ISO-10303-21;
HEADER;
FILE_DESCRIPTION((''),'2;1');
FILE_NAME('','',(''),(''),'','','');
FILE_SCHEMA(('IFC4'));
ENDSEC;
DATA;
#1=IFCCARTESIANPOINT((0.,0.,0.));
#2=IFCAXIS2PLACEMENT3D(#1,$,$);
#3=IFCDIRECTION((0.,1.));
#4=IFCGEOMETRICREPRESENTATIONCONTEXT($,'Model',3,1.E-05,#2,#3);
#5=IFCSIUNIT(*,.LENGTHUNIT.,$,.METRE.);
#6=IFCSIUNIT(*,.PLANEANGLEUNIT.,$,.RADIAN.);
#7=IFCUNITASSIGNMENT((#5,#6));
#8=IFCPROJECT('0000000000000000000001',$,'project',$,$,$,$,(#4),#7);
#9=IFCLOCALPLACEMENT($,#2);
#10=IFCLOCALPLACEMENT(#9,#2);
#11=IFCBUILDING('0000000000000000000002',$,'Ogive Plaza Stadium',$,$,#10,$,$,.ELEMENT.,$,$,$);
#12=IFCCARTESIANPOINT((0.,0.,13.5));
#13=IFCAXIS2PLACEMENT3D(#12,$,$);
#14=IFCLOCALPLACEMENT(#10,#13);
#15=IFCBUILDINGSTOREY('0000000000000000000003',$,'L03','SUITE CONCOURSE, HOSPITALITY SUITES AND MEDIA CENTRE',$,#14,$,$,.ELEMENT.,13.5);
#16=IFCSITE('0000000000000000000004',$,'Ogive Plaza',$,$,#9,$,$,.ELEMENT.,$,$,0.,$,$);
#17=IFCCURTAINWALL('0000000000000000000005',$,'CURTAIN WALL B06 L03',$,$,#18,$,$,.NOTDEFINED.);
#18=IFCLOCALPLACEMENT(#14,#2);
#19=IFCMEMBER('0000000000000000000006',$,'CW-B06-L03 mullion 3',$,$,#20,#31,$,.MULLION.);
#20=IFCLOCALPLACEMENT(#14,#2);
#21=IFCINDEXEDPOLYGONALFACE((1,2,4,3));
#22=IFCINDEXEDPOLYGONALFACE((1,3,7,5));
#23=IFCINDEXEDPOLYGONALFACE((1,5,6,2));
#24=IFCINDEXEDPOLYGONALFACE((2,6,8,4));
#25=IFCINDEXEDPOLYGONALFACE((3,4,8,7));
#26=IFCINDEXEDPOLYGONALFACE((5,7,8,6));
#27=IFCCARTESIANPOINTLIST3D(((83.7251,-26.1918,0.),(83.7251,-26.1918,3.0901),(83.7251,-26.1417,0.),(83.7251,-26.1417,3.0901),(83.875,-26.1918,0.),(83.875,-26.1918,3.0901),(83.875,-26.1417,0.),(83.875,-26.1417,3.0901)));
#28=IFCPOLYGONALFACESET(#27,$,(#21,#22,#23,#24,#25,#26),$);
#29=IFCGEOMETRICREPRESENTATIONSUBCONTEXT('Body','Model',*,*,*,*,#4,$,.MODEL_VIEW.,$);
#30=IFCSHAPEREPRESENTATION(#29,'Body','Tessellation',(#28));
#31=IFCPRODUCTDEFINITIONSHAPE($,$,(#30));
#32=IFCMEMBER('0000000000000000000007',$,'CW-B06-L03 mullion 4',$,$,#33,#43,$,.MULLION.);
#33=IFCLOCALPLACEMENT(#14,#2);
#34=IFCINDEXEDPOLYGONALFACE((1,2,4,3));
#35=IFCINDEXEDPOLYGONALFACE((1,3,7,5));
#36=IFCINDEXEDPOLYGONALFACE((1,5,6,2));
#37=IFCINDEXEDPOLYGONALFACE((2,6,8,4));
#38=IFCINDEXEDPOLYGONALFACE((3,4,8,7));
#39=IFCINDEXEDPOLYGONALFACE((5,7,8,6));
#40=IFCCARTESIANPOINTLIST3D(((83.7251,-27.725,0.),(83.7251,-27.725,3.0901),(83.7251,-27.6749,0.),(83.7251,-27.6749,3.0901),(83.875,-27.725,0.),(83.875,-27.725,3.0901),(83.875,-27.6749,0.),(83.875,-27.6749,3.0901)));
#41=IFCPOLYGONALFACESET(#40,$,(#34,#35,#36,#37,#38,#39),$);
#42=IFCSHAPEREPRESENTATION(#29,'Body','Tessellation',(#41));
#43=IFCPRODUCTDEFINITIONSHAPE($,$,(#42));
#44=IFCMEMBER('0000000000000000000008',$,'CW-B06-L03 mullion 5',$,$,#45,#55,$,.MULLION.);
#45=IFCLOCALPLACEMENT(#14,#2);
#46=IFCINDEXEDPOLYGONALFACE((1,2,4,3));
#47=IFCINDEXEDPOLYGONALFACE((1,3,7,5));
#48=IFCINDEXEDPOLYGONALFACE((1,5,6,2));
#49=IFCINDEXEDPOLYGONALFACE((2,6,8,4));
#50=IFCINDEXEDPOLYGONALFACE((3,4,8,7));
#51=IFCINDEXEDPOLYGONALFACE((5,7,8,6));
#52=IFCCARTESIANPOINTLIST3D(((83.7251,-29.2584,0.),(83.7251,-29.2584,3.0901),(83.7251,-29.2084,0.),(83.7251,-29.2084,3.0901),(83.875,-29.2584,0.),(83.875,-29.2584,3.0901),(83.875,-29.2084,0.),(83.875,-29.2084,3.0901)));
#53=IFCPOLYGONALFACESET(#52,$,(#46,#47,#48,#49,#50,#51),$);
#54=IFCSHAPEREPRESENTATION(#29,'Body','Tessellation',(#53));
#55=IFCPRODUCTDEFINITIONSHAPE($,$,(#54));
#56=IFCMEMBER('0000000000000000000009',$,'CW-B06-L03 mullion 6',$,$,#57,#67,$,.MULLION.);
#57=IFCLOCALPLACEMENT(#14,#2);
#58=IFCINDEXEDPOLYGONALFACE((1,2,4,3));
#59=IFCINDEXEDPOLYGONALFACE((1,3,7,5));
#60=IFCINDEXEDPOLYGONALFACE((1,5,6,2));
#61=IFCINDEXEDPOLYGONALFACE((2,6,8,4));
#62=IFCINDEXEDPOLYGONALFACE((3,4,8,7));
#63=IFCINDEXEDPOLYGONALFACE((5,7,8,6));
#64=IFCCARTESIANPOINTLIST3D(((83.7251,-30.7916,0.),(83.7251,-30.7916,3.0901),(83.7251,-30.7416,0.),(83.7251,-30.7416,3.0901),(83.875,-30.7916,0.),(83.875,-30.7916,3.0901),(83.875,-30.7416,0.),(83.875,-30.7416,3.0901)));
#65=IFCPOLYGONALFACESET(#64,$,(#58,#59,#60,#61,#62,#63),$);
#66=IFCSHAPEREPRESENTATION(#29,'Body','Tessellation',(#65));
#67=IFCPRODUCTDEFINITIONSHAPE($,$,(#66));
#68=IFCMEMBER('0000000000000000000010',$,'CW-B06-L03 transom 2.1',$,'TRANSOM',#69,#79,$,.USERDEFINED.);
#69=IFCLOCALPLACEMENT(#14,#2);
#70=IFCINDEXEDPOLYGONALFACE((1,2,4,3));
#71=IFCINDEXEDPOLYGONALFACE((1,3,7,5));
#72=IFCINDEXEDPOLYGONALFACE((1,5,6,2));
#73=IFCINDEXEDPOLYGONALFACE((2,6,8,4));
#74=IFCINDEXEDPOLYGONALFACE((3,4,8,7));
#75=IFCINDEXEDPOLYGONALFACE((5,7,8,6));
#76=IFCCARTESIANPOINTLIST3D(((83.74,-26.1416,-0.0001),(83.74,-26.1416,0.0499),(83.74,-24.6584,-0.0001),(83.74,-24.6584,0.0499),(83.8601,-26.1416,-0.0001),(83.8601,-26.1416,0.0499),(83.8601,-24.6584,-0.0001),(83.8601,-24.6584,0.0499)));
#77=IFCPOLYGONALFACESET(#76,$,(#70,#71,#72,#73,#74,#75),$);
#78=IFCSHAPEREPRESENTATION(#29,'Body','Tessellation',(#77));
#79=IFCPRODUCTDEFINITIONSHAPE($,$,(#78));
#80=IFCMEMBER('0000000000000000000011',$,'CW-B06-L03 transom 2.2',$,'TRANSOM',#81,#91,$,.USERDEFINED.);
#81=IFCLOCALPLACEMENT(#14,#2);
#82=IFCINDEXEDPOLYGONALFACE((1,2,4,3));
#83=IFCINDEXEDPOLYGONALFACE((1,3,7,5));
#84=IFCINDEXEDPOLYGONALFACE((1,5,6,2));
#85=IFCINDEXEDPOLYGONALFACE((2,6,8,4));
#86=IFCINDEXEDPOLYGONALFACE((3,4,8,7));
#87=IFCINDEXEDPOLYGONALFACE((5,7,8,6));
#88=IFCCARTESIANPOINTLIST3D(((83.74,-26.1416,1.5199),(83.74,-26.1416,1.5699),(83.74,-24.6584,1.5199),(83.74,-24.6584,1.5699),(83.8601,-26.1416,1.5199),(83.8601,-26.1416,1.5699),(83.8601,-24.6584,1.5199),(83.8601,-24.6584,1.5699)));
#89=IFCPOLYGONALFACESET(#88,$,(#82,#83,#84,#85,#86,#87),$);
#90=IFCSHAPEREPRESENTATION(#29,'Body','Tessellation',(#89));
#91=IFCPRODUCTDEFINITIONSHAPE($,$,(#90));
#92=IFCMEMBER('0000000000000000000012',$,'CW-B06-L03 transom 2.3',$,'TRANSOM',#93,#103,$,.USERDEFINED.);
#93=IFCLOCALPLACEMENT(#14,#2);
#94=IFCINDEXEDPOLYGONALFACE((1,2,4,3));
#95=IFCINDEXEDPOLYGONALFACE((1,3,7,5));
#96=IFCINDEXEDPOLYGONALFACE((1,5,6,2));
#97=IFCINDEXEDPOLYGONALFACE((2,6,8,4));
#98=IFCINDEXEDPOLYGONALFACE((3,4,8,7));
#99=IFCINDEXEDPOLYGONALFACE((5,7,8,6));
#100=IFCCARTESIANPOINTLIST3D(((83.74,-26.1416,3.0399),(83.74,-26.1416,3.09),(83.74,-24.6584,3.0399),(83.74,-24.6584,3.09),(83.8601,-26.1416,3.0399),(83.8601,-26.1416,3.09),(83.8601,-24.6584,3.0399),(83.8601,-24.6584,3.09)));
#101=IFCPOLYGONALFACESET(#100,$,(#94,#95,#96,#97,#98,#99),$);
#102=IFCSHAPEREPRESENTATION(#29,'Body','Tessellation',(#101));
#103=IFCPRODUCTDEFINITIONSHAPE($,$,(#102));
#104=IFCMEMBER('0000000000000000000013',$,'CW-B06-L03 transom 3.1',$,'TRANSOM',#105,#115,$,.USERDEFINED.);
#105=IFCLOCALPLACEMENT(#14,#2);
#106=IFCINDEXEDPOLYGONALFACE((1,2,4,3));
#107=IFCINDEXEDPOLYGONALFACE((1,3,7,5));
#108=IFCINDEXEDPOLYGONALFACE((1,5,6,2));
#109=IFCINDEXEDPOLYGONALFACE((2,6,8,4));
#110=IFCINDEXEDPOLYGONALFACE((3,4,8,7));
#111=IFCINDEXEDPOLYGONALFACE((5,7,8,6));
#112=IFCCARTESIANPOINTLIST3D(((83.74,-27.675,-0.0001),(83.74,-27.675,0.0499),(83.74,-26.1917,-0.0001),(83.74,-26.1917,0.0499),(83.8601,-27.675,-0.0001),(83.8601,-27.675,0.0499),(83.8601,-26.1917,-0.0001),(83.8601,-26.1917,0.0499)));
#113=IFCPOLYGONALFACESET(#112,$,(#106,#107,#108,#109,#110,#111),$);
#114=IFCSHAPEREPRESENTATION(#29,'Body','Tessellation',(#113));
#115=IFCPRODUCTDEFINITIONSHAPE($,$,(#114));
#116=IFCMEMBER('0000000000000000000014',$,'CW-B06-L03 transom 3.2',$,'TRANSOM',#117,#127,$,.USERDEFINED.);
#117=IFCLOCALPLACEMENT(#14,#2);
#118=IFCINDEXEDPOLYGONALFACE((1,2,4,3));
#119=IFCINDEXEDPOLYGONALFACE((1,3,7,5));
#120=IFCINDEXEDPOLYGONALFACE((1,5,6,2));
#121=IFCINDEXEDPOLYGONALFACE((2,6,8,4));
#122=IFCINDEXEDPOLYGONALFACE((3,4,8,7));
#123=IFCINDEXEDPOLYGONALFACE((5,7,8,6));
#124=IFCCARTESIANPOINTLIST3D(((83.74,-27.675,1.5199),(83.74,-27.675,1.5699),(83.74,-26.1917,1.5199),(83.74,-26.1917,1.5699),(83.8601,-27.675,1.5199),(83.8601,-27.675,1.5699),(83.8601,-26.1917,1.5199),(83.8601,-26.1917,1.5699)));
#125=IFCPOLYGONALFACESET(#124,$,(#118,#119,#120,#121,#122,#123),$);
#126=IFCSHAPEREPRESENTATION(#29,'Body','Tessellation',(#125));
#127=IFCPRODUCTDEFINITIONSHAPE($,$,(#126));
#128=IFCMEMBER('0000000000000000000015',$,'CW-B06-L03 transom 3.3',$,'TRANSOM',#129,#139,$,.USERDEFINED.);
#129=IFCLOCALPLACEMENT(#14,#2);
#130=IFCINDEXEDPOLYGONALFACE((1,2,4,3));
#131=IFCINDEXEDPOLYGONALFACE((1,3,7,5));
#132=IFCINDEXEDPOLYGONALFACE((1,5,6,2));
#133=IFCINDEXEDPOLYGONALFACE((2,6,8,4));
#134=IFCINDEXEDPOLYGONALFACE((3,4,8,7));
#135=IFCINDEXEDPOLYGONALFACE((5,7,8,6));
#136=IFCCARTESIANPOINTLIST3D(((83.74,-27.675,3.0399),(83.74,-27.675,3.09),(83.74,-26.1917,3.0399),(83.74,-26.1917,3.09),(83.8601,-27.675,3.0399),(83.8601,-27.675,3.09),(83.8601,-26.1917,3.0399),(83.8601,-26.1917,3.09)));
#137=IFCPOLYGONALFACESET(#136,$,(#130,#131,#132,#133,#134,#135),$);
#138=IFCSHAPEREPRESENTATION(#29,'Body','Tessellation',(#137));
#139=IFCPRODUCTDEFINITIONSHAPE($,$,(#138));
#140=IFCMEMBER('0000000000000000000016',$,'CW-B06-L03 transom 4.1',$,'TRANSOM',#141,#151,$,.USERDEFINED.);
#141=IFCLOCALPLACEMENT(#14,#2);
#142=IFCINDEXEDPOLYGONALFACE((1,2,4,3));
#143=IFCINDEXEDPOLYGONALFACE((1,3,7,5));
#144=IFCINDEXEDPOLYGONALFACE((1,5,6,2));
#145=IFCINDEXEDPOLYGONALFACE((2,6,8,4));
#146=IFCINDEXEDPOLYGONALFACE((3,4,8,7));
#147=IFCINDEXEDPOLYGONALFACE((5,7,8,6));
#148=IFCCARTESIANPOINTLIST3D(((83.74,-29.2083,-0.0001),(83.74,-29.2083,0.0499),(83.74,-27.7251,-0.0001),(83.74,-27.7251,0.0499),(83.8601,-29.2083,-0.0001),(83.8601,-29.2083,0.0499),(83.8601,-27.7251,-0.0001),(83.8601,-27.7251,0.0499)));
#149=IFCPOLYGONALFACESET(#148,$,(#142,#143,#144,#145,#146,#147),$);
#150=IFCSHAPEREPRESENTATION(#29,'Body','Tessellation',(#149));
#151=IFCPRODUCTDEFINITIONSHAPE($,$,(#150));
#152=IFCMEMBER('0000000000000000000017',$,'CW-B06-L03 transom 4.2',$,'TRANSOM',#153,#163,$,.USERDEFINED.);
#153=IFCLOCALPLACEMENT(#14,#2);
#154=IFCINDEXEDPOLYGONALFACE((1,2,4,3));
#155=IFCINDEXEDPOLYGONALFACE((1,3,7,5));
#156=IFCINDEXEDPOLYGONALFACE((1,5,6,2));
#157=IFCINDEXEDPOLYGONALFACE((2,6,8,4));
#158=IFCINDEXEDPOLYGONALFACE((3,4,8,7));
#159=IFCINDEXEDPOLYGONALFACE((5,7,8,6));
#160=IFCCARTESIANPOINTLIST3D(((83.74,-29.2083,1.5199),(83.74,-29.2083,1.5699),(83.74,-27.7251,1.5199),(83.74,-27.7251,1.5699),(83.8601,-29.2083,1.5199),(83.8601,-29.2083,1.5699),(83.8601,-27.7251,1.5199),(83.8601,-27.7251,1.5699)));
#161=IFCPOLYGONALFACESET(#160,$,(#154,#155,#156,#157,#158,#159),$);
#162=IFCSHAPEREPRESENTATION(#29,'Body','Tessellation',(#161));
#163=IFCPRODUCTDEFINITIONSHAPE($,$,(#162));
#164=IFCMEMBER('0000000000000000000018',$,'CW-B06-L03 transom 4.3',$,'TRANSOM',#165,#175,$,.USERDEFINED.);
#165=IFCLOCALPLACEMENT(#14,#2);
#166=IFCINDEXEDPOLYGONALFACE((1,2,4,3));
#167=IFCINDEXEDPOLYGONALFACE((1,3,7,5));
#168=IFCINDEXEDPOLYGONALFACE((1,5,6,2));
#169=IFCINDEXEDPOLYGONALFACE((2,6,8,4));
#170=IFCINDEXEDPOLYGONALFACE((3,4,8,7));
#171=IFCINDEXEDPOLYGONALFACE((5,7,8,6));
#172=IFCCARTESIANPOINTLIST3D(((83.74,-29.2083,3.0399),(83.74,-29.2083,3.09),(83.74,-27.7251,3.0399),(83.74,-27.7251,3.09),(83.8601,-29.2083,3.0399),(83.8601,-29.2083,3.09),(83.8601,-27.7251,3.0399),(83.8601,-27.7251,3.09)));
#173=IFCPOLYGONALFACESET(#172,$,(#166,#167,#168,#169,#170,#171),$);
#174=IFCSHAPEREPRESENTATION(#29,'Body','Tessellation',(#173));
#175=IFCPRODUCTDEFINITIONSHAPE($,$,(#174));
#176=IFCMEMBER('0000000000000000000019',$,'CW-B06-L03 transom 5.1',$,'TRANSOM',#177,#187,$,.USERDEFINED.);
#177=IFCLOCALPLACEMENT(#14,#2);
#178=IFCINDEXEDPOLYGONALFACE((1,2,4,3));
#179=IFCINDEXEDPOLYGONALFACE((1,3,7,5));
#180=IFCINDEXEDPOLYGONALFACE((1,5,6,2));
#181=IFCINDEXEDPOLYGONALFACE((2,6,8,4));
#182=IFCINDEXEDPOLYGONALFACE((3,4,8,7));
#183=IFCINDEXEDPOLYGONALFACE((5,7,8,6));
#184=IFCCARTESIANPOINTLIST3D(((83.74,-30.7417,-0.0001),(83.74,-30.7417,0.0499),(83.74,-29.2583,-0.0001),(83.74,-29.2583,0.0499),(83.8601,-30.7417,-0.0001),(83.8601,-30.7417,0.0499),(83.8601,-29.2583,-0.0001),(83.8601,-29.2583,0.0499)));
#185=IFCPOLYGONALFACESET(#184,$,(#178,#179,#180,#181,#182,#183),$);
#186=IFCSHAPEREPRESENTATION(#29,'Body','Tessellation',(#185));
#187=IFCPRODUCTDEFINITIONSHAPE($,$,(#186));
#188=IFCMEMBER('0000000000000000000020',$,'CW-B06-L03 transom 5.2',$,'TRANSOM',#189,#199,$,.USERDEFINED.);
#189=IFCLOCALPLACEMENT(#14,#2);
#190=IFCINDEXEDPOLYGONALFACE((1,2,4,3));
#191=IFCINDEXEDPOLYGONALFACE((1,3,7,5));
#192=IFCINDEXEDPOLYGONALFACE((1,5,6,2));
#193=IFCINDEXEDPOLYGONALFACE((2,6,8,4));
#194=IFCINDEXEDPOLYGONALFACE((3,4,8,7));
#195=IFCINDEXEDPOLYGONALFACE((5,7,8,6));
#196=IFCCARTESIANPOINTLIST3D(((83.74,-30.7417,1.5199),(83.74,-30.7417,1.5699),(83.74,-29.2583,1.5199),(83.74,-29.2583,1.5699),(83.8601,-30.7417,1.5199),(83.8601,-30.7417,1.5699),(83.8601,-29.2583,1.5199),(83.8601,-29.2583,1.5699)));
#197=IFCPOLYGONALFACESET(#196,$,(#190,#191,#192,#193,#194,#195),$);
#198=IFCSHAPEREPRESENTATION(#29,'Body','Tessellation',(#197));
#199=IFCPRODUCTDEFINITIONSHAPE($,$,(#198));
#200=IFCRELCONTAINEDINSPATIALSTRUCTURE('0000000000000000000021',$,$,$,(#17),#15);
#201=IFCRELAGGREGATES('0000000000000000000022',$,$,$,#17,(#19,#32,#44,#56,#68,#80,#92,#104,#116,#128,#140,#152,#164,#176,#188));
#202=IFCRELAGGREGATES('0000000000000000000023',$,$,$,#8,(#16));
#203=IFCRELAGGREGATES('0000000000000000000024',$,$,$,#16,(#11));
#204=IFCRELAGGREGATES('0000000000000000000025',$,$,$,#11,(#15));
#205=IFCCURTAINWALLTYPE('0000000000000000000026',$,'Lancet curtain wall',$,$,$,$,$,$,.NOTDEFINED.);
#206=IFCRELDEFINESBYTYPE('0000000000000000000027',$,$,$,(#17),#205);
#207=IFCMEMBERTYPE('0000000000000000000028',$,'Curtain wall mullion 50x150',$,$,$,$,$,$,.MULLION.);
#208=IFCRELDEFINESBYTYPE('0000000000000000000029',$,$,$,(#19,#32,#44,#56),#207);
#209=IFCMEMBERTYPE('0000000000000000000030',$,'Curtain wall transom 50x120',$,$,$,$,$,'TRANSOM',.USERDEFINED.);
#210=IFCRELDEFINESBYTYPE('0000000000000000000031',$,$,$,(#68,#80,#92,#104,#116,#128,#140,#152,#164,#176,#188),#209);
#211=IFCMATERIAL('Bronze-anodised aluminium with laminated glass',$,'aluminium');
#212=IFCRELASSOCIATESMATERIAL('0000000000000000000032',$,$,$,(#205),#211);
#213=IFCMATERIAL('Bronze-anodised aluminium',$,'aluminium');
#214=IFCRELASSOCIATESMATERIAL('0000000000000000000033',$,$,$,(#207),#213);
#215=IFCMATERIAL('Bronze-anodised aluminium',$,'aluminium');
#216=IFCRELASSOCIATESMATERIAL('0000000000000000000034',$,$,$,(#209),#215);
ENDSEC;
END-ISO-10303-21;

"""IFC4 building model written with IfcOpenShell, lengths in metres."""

from ifc_helpers import new_model, si_unit, direction, frame, origin, origin_2d, place, context, subcontext, project, spatial, rectangle, extrude, material, material_profile, profile_set, type_object, element, aggregate, save


model = new_model("IFC4")

# Units and contexts
model_context = context("Model", 3, precision=1e-05, world=origin(), true_north=direction((0.0, 1.0)))
body_context = subcontext(model_context, "Body", "Model", "MODEL_VIEW")
ifc_project = project(units=[si_unit("LENGTHUNIT", "METRE"), si_unit("PLANEANGLEUNIT", "RADIAN")], contexts=[model_context])

# Site, building, storey
site_placement = place(None, origin())
site = spatial("IfcSite", under=ifc_project, at=site_placement, Name="Ogive Plaza", CompositionType="ELEMENT", RefElevation=0.0)
building_placement = place(site_placement, origin())
building = spatial("IfcBuilding", under=site, at=building_placement, Name="Ogive Plaza Stadium", CompositionType="ELEMENT")
storey_placement = place(building_placement, frame((0.0, 0.0, 13.5)))
storey = spatial("IfcBuildingStorey", under=building, at=storey_placement, Name="L03", Description="SUITE CONCOURSE, HOSPITALITY SUITES AND MEDIA CENTRE", CompositionType="ELEMENT", Elevation=13.5)

# Curtain wall, members
ifc_material_1 = material(Name="Bronze-anodised aluminium with laminated glass", Category="aluminium")
curtain_wall_type = type_object("IfcCurtainWallType", Name="Lancet curtain wall", PredefinedType="NOTDEFINED", material=ifc_material_1)
curtain_wall_placement = place(storey_placement, origin())
curtain_wall = element("IfcCurtainWall", 1, at=curtain_wall_placement, inside=storey, type_object=curtain_wall_type, Name="CURTAIN WALL B06 L03", PredefinedType="NOTDEFINED")
ifc_material_2 = material(Name="Bronze-anodised aluminium", Category="aluminium")
ifc_material_profile_1 = material_profile(ifc_material_2, rectangle(XDim=0.1499, YDim=0.05, at=origin_2d()), Name="AL 150x50")
ifc_profile_set_1 = profile_set([ifc_material_profile_1], Name="Bronze-anodised aluminium")
member_type_1 = type_object("IfcMemberType", Name="Curtain wall mullion 50x150", PredefinedType="MULLION", material=ifc_profile_set_1)
member_1_placement = place(storey_placement, frame((83.8, -26.1667, 0.0), z_axis=(0.0, 0.0, 1.0), x_axis=(1.0, 0.0, 0.0)))
member_1 = element("IfcMember", 2, at=member_1_placement, type_object=member_type_1, Name="CW-B06-L03 mullion 3", PredefinedType="MULLION", context=body_context, shape_type="SweptSolid", body=[
    extrude(rectangle(XDim=0.1499, YDim=0.05, at=origin_2d()), origin(), (0.0, 0.0, 1.0), 3.0901),
])
member_2_placement = place(storey_placement, frame((83.8, -27.7, 0.0), z_axis=(0.0, 0.0, 1.0), x_axis=(1.0, 0.0, 0.0)))
member_2 = element("IfcMember", 3, at=member_2_placement, type_object=member_type_1, Name="CW-B06-L03 mullion 4", PredefinedType="MULLION", context=body_context, shape_type="SweptSolid", body=[
    extrude(rectangle(XDim=0.1499, YDim=0.05, at=origin_2d()), origin(), (0.0, 0.0, 1.0), 3.0901),
])
member_3_placement = place(storey_placement, frame((83.8, -29.2334, 0.0), z_axis=(0.0, 0.0, 1.0), x_axis=(1.0, 0.0, 0.0)))
member_3 = element("IfcMember", 4, at=member_3_placement, type_object=member_type_1, Name="CW-B06-L03 mullion 5", PredefinedType="MULLION", context=body_context, shape_type="SweptSolid", body=[
    extrude(rectangle(XDim=0.1499, YDim=0.05, at=origin_2d()), origin(), (0.0, 0.0, 1.0), 3.0901),
])
member_4_placement = place(storey_placement, frame((83.8, -30.7666, 0.0), z_axis=(0.0, 0.0, 1.0), x_axis=(1.0, 0.0, 0.0)))
member_4 = element("IfcMember", 5, at=member_4_placement, type_object=member_type_1, Name="CW-B06-L03 mullion 6", PredefinedType="MULLION", context=body_context, shape_type="SweptSolid", body=[
    extrude(rectangle(XDim=0.1499, YDim=0.05, at=origin_2d()), origin(), (0.0, 0.0, 1.0), 3.0901),
])
ifc_material_3 = material(Name="Bronze-anodised aluminium", Category="aluminium")
ifc_material_profile_2 = material_profile(ifc_material_3, rectangle(XDim=0.1201, YDim=0.05, at=origin_2d()), Name="AL 120x50")
ifc_profile_set_2 = profile_set([ifc_material_profile_2], Name="Bronze-anodised aluminium")
member_type_2 = type_object("IfcMemberType", Name="Curtain wall transom 50x120", ElementType="TRANSOM", PredefinedType="USERDEFINED", material=ifc_profile_set_2)
member_5_placement = place(storey_placement, frame((83.8, -24.6584, 0.0249), z_axis=(0.0, -1.0, 0.0), x_axis=(1.0, 0.0, 0.0)))
member_5 = element("IfcMember", 6, at=member_5_placement, type_object=member_type_2, Name="CW-B06-L03 transom 2.1", ObjectType="TRANSOM", PredefinedType="USERDEFINED", context=body_context, shape_type="SweptSolid", body=[
    extrude(rectangle(XDim=0.1201, YDim=0.05, at=origin_2d()), origin(), (0.0, 0.0, 1.0), 1.4832),
])
member_6_placement = place(storey_placement, frame((83.8, -24.6584, 1.5449), z_axis=(0.0, -1.0, 0.0), x_axis=(1.0, 0.0, 0.0)))
member_6 = element("IfcMember", 7, at=member_6_placement, type_object=member_type_2, Name="CW-B06-L03 transom 2.2", ObjectType="TRANSOM", PredefinedType="USERDEFINED", context=body_context, shape_type="SweptSolid", body=[
    extrude(rectangle(XDim=0.1201, YDim=0.05, at=origin_2d()), origin(), (0.0, 0.0, 1.0), 1.4832),
])
member_7_placement = place(storey_placement, frame((83.8, -24.6584, 3.0649), z_axis=(0.0, -1.0, 0.0), x_axis=(1.0, 0.0, 0.0)))
member_7 = element("IfcMember", 8, at=member_7_placement, type_object=member_type_2, Name="CW-B06-L03 transom 2.3", ObjectType="TRANSOM", PredefinedType="USERDEFINED", context=body_context, shape_type="SweptSolid", body=[
    extrude(rectangle(XDim=0.1201, YDim=0.05, at=origin_2d()), origin(), (0.0, 0.0, 1.0), 1.4832),
])
member_8_placement = place(storey_placement, frame((83.8, -26.1917, 0.0249), z_axis=(0.0, -1.0, 0.0), x_axis=(1.0, 0.0, 0.0)))
member_8 = element("IfcMember", 9, at=member_8_placement, type_object=member_type_2, Name="CW-B06-L03 transom 3.1", ObjectType="TRANSOM", PredefinedType="USERDEFINED", context=body_context, shape_type="SweptSolid", body=[
    extrude(rectangle(XDim=0.1201, YDim=0.05, at=origin_2d()), origin(), (0.0, 0.0, 1.0), 1.4834),
])
member_9_placement = place(storey_placement, frame((83.8, -26.1917, 1.5449), z_axis=(0.0, -1.0, 0.0), x_axis=(1.0, 0.0, 0.0)))
member_9 = element("IfcMember", 10, at=member_9_placement, type_object=member_type_2, Name="CW-B06-L03 transom 3.2", ObjectType="TRANSOM", PredefinedType="USERDEFINED", context=body_context, shape_type="SweptSolid", body=[
    extrude(rectangle(XDim=0.1201, YDim=0.05, at=origin_2d()), origin(), (0.0, 0.0, 1.0), 1.4834),
])
member_10_placement = place(storey_placement, frame((83.8, -26.1917, 3.0649), z_axis=(0.0, -1.0, 0.0), x_axis=(1.0, 0.0, 0.0)))
member_10 = element("IfcMember", 11, at=member_10_placement, type_object=member_type_2, Name="CW-B06-L03 transom 3.3", ObjectType="TRANSOM", PredefinedType="USERDEFINED", context=body_context, shape_type="SweptSolid", body=[
    extrude(rectangle(XDim=0.1201, YDim=0.05, at=origin_2d()), origin(), (0.0, 0.0, 1.0), 1.4834),
])
member_11_placement = place(storey_placement, frame((83.8, -27.7251, 0.0249), z_axis=(0.0, -1.0, 0.0), x_axis=(1.0, 0.0, 0.0)))
member_11 = element("IfcMember", 12, at=member_11_placement, type_object=member_type_2, Name="CW-B06-L03 transom 4.1", ObjectType="TRANSOM", PredefinedType="USERDEFINED", context=body_context, shape_type="SweptSolid", body=[
    extrude(rectangle(XDim=0.1201, YDim=0.05, at=origin_2d()), origin(), (0.0, 0.0, 1.0), 1.4832),
])
member_12_placement = place(storey_placement, frame((83.8, -27.7251, 1.5449), z_axis=(0.0, -1.0, 0.0), x_axis=(1.0, 0.0, 0.0)))
member_12 = element("IfcMember", 13, at=member_12_placement, type_object=member_type_2, Name="CW-B06-L03 transom 4.2", ObjectType="TRANSOM", PredefinedType="USERDEFINED", context=body_context, shape_type="SweptSolid", body=[
    extrude(rectangle(XDim=0.1201, YDim=0.05, at=origin_2d()), origin(), (0.0, 0.0, 1.0), 1.4832),
])
member_13_placement = place(storey_placement, frame((83.8, -27.7251, 3.0649), z_axis=(0.0, -1.0, 0.0), x_axis=(1.0, 0.0, 0.0)))
member_13 = element("IfcMember", 14, at=member_13_placement, type_object=member_type_2, Name="CW-B06-L03 transom 4.3", ObjectType="TRANSOM", PredefinedType="USERDEFINED", context=body_context, shape_type="SweptSolid", body=[
    extrude(rectangle(XDim=0.1201, YDim=0.05, at=origin_2d()), origin(), (0.0, 0.0, 1.0), 1.4832),
])
member_14_placement = place(storey_placement, frame((83.8, -29.2583, 0.0249), z_axis=(0.0, -1.0, 0.0), x_axis=(1.0, 0.0, 0.0)))
member_14 = element("IfcMember", 15, at=member_14_placement, type_object=member_type_2, Name="CW-B06-L03 transom 5.1", ObjectType="TRANSOM", PredefinedType="USERDEFINED", context=body_context, shape_type="SweptSolid", body=[
    extrude(rectangle(XDim=0.1201, YDim=0.05, at=origin_2d()), origin(), (0.0, 0.0, 1.0), 1.4834),
])
member_15_placement = place(storey_placement, frame((83.8, -29.2583, 1.5449), z_axis=(0.0, -1.0, 0.0), x_axis=(1.0, 0.0, 0.0)))
member_15 = element("IfcMember", 16, at=member_15_placement, type_object=member_type_2, Name="CW-B06-L03 transom 5.2", ObjectType="TRANSOM", PredefinedType="USERDEFINED", context=body_context, shape_type="SweptSolid", body=[
    extrude(rectangle(XDim=0.1201, YDim=0.05, at=origin_2d()), origin(), (0.0, 0.0, 1.0), 1.4834),
])
aggregate(curtain_wall, [member_1, member_2, member_3, member_4, member_5, member_6, member_7, member_8, member_9, member_10, member_11, member_12, member_13, member_14, member_15])

save(model, "model.ifc")
